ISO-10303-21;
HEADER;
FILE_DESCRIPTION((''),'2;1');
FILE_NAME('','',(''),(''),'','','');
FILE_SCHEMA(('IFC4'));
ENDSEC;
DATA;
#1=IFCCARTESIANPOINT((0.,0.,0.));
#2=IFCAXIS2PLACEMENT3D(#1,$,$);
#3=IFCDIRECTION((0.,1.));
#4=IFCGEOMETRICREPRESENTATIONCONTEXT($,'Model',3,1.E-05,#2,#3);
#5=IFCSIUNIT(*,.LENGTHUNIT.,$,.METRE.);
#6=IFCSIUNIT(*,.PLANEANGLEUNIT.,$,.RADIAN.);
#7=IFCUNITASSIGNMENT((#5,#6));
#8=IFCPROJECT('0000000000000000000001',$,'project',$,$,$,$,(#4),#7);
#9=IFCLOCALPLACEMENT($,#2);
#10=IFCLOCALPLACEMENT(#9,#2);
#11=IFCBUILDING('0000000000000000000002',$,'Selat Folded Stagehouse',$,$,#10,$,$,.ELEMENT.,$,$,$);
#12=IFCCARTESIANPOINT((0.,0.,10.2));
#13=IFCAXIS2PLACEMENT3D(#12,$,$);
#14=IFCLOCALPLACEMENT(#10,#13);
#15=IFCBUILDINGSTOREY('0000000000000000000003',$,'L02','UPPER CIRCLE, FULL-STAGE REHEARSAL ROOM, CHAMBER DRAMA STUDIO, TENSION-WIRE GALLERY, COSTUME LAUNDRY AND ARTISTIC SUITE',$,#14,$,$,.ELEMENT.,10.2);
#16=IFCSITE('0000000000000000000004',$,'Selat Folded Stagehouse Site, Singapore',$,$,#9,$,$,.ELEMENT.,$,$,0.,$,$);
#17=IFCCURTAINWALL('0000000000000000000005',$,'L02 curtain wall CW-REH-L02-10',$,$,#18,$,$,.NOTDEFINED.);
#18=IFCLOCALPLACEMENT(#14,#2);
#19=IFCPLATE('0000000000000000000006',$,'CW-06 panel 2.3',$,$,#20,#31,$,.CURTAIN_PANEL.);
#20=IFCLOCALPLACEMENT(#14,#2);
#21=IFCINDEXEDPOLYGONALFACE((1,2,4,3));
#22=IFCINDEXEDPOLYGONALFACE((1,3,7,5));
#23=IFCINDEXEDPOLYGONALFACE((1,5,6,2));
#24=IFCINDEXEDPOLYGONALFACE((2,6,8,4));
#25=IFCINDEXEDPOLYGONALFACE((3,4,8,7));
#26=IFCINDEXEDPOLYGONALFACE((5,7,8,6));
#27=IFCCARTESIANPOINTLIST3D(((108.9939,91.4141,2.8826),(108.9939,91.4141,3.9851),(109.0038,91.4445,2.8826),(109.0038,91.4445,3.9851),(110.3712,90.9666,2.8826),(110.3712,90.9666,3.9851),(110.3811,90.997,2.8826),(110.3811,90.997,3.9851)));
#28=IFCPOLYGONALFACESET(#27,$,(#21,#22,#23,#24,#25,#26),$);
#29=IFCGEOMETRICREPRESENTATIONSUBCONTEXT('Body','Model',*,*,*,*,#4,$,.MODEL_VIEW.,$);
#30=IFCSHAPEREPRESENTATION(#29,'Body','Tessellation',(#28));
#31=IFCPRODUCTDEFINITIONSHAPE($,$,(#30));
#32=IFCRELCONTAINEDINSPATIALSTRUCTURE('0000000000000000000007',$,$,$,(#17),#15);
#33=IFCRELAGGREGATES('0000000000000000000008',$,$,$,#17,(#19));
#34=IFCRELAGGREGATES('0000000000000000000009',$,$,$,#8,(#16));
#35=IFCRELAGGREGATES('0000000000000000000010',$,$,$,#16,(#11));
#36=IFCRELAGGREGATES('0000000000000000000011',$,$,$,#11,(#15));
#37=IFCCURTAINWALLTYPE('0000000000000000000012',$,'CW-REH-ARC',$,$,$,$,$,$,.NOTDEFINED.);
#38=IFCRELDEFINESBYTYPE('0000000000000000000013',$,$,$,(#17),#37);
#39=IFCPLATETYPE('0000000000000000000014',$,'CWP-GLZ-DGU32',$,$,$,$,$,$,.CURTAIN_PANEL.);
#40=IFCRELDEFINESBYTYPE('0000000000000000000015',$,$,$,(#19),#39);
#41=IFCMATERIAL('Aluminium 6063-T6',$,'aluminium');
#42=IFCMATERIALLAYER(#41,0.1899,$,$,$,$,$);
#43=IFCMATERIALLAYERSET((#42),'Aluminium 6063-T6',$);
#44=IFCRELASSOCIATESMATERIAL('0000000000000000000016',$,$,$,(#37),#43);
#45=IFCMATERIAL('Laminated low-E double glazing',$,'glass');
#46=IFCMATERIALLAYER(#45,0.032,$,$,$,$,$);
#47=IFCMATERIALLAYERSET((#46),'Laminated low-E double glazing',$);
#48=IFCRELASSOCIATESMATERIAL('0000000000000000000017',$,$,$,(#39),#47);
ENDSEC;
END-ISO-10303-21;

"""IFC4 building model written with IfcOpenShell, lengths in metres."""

from ifc_helpers import new_model, si_unit, direction, frame, origin, origin_2d, place, context, subcontext, project, spatial, rectangle, extrude, material, layer, layer_set, type_object, element, aggregate, save


model = new_model("IFC4")

# Units and contexts
model_context = context("Model", 3, precision=1e-05, world=origin(), true_north=direction((0.0, 1.0)))
body_context = subcontext(model_context, "Body", "Model", "MODEL_VIEW")
ifc_project = project(units=[si_unit("LENGTHUNIT", "METRE"), si_unit("PLANEANGLEUNIT", "RADIAN")], contexts=[model_context])

# Site, building, storey
site_placement = place(None, origin())
site = spatial("IfcSite", under=ifc_project, at=site_placement, Name="Selat Folded Stagehouse Site, Singapore", CompositionType="ELEMENT", RefElevation=0.0)
building_placement = place(site_placement, origin())
building = spatial("IfcBuilding", under=site, at=building_placement, Name="Selat Folded Stagehouse", CompositionType="ELEMENT")
storey_placement = place(building_placement, frame((0.0, 0.0, 10.2)))
storey = spatial("IfcBuildingStorey", under=building, at=storey_placement, Name="L02", Description="UPPER CIRCLE, FULL-STAGE REHEARSAL ROOM, CHAMBER DRAMA STUDIO, TENSION-WIRE GALLERY, COSTUME LAUNDRY AND ARTISTIC SUITE", CompositionType="ELEMENT", Elevation=10.2)

# Curtain wall
ifc_material_1 = material(Name="Aluminium 6063-T6", Category="aluminium")
ifc_layer_1 = layer(ifc_material_1, 0.1899)
ifc_layer_set_1 = layer_set([ifc_layer_1], Name="Aluminium 6063-T6")
curtain_wall_type = type_object("IfcCurtainWallType", Name="CW-REH-ARC", PredefinedType="NOTDEFINED", material=ifc_layer_set_1)
curtain_wall_placement = place(storey_placement, origin())
curtain_wall = element("IfcCurtainWall", 1, at=curtain_wall_placement, inside=storey, type_object=curtain_wall_type, Name="L02 curtain wall CW-REH-L02-10", PredefinedType="NOTDEFINED")

# Plate
ifc_material_2 = material(Name="Laminated low-E double glazing", Category="glass")
ifc_layer_2 = layer(ifc_material_2, 0.032)
ifc_layer_set_2 = layer_set([ifc_layer_2], Name="Laminated low-E double glazing")
plate_type = type_object("IfcPlateType", Name="CWP-GLZ-DGU32", PredefinedType="CURTAIN_PANEL", material=ifc_layer_set_2)
plate_1_placement = place(storey_placement, frame((109.6875, 91.2056, 2.8826), z_axis=(0.0, 0.0, 1.0), x_axis=(-0.951065, 0.308992, 0.0)))
plate_1 = element("IfcPlate", 2, at=plate_1_placement, type_object=plate_type, Name="CW-06 panel 2.3", PredefinedType="CURTAIN_PANEL", context=body_context, shape_type="SweptSolid", body=[
    extrude(rectangle(XDim=1.4482, YDim=0.032, at=origin_2d()), origin(), (0.0, 0.0, 1.0), 1.1025),
])
aggregate(curtain_wall, [plate_1])

save(model, "model.ifc")
